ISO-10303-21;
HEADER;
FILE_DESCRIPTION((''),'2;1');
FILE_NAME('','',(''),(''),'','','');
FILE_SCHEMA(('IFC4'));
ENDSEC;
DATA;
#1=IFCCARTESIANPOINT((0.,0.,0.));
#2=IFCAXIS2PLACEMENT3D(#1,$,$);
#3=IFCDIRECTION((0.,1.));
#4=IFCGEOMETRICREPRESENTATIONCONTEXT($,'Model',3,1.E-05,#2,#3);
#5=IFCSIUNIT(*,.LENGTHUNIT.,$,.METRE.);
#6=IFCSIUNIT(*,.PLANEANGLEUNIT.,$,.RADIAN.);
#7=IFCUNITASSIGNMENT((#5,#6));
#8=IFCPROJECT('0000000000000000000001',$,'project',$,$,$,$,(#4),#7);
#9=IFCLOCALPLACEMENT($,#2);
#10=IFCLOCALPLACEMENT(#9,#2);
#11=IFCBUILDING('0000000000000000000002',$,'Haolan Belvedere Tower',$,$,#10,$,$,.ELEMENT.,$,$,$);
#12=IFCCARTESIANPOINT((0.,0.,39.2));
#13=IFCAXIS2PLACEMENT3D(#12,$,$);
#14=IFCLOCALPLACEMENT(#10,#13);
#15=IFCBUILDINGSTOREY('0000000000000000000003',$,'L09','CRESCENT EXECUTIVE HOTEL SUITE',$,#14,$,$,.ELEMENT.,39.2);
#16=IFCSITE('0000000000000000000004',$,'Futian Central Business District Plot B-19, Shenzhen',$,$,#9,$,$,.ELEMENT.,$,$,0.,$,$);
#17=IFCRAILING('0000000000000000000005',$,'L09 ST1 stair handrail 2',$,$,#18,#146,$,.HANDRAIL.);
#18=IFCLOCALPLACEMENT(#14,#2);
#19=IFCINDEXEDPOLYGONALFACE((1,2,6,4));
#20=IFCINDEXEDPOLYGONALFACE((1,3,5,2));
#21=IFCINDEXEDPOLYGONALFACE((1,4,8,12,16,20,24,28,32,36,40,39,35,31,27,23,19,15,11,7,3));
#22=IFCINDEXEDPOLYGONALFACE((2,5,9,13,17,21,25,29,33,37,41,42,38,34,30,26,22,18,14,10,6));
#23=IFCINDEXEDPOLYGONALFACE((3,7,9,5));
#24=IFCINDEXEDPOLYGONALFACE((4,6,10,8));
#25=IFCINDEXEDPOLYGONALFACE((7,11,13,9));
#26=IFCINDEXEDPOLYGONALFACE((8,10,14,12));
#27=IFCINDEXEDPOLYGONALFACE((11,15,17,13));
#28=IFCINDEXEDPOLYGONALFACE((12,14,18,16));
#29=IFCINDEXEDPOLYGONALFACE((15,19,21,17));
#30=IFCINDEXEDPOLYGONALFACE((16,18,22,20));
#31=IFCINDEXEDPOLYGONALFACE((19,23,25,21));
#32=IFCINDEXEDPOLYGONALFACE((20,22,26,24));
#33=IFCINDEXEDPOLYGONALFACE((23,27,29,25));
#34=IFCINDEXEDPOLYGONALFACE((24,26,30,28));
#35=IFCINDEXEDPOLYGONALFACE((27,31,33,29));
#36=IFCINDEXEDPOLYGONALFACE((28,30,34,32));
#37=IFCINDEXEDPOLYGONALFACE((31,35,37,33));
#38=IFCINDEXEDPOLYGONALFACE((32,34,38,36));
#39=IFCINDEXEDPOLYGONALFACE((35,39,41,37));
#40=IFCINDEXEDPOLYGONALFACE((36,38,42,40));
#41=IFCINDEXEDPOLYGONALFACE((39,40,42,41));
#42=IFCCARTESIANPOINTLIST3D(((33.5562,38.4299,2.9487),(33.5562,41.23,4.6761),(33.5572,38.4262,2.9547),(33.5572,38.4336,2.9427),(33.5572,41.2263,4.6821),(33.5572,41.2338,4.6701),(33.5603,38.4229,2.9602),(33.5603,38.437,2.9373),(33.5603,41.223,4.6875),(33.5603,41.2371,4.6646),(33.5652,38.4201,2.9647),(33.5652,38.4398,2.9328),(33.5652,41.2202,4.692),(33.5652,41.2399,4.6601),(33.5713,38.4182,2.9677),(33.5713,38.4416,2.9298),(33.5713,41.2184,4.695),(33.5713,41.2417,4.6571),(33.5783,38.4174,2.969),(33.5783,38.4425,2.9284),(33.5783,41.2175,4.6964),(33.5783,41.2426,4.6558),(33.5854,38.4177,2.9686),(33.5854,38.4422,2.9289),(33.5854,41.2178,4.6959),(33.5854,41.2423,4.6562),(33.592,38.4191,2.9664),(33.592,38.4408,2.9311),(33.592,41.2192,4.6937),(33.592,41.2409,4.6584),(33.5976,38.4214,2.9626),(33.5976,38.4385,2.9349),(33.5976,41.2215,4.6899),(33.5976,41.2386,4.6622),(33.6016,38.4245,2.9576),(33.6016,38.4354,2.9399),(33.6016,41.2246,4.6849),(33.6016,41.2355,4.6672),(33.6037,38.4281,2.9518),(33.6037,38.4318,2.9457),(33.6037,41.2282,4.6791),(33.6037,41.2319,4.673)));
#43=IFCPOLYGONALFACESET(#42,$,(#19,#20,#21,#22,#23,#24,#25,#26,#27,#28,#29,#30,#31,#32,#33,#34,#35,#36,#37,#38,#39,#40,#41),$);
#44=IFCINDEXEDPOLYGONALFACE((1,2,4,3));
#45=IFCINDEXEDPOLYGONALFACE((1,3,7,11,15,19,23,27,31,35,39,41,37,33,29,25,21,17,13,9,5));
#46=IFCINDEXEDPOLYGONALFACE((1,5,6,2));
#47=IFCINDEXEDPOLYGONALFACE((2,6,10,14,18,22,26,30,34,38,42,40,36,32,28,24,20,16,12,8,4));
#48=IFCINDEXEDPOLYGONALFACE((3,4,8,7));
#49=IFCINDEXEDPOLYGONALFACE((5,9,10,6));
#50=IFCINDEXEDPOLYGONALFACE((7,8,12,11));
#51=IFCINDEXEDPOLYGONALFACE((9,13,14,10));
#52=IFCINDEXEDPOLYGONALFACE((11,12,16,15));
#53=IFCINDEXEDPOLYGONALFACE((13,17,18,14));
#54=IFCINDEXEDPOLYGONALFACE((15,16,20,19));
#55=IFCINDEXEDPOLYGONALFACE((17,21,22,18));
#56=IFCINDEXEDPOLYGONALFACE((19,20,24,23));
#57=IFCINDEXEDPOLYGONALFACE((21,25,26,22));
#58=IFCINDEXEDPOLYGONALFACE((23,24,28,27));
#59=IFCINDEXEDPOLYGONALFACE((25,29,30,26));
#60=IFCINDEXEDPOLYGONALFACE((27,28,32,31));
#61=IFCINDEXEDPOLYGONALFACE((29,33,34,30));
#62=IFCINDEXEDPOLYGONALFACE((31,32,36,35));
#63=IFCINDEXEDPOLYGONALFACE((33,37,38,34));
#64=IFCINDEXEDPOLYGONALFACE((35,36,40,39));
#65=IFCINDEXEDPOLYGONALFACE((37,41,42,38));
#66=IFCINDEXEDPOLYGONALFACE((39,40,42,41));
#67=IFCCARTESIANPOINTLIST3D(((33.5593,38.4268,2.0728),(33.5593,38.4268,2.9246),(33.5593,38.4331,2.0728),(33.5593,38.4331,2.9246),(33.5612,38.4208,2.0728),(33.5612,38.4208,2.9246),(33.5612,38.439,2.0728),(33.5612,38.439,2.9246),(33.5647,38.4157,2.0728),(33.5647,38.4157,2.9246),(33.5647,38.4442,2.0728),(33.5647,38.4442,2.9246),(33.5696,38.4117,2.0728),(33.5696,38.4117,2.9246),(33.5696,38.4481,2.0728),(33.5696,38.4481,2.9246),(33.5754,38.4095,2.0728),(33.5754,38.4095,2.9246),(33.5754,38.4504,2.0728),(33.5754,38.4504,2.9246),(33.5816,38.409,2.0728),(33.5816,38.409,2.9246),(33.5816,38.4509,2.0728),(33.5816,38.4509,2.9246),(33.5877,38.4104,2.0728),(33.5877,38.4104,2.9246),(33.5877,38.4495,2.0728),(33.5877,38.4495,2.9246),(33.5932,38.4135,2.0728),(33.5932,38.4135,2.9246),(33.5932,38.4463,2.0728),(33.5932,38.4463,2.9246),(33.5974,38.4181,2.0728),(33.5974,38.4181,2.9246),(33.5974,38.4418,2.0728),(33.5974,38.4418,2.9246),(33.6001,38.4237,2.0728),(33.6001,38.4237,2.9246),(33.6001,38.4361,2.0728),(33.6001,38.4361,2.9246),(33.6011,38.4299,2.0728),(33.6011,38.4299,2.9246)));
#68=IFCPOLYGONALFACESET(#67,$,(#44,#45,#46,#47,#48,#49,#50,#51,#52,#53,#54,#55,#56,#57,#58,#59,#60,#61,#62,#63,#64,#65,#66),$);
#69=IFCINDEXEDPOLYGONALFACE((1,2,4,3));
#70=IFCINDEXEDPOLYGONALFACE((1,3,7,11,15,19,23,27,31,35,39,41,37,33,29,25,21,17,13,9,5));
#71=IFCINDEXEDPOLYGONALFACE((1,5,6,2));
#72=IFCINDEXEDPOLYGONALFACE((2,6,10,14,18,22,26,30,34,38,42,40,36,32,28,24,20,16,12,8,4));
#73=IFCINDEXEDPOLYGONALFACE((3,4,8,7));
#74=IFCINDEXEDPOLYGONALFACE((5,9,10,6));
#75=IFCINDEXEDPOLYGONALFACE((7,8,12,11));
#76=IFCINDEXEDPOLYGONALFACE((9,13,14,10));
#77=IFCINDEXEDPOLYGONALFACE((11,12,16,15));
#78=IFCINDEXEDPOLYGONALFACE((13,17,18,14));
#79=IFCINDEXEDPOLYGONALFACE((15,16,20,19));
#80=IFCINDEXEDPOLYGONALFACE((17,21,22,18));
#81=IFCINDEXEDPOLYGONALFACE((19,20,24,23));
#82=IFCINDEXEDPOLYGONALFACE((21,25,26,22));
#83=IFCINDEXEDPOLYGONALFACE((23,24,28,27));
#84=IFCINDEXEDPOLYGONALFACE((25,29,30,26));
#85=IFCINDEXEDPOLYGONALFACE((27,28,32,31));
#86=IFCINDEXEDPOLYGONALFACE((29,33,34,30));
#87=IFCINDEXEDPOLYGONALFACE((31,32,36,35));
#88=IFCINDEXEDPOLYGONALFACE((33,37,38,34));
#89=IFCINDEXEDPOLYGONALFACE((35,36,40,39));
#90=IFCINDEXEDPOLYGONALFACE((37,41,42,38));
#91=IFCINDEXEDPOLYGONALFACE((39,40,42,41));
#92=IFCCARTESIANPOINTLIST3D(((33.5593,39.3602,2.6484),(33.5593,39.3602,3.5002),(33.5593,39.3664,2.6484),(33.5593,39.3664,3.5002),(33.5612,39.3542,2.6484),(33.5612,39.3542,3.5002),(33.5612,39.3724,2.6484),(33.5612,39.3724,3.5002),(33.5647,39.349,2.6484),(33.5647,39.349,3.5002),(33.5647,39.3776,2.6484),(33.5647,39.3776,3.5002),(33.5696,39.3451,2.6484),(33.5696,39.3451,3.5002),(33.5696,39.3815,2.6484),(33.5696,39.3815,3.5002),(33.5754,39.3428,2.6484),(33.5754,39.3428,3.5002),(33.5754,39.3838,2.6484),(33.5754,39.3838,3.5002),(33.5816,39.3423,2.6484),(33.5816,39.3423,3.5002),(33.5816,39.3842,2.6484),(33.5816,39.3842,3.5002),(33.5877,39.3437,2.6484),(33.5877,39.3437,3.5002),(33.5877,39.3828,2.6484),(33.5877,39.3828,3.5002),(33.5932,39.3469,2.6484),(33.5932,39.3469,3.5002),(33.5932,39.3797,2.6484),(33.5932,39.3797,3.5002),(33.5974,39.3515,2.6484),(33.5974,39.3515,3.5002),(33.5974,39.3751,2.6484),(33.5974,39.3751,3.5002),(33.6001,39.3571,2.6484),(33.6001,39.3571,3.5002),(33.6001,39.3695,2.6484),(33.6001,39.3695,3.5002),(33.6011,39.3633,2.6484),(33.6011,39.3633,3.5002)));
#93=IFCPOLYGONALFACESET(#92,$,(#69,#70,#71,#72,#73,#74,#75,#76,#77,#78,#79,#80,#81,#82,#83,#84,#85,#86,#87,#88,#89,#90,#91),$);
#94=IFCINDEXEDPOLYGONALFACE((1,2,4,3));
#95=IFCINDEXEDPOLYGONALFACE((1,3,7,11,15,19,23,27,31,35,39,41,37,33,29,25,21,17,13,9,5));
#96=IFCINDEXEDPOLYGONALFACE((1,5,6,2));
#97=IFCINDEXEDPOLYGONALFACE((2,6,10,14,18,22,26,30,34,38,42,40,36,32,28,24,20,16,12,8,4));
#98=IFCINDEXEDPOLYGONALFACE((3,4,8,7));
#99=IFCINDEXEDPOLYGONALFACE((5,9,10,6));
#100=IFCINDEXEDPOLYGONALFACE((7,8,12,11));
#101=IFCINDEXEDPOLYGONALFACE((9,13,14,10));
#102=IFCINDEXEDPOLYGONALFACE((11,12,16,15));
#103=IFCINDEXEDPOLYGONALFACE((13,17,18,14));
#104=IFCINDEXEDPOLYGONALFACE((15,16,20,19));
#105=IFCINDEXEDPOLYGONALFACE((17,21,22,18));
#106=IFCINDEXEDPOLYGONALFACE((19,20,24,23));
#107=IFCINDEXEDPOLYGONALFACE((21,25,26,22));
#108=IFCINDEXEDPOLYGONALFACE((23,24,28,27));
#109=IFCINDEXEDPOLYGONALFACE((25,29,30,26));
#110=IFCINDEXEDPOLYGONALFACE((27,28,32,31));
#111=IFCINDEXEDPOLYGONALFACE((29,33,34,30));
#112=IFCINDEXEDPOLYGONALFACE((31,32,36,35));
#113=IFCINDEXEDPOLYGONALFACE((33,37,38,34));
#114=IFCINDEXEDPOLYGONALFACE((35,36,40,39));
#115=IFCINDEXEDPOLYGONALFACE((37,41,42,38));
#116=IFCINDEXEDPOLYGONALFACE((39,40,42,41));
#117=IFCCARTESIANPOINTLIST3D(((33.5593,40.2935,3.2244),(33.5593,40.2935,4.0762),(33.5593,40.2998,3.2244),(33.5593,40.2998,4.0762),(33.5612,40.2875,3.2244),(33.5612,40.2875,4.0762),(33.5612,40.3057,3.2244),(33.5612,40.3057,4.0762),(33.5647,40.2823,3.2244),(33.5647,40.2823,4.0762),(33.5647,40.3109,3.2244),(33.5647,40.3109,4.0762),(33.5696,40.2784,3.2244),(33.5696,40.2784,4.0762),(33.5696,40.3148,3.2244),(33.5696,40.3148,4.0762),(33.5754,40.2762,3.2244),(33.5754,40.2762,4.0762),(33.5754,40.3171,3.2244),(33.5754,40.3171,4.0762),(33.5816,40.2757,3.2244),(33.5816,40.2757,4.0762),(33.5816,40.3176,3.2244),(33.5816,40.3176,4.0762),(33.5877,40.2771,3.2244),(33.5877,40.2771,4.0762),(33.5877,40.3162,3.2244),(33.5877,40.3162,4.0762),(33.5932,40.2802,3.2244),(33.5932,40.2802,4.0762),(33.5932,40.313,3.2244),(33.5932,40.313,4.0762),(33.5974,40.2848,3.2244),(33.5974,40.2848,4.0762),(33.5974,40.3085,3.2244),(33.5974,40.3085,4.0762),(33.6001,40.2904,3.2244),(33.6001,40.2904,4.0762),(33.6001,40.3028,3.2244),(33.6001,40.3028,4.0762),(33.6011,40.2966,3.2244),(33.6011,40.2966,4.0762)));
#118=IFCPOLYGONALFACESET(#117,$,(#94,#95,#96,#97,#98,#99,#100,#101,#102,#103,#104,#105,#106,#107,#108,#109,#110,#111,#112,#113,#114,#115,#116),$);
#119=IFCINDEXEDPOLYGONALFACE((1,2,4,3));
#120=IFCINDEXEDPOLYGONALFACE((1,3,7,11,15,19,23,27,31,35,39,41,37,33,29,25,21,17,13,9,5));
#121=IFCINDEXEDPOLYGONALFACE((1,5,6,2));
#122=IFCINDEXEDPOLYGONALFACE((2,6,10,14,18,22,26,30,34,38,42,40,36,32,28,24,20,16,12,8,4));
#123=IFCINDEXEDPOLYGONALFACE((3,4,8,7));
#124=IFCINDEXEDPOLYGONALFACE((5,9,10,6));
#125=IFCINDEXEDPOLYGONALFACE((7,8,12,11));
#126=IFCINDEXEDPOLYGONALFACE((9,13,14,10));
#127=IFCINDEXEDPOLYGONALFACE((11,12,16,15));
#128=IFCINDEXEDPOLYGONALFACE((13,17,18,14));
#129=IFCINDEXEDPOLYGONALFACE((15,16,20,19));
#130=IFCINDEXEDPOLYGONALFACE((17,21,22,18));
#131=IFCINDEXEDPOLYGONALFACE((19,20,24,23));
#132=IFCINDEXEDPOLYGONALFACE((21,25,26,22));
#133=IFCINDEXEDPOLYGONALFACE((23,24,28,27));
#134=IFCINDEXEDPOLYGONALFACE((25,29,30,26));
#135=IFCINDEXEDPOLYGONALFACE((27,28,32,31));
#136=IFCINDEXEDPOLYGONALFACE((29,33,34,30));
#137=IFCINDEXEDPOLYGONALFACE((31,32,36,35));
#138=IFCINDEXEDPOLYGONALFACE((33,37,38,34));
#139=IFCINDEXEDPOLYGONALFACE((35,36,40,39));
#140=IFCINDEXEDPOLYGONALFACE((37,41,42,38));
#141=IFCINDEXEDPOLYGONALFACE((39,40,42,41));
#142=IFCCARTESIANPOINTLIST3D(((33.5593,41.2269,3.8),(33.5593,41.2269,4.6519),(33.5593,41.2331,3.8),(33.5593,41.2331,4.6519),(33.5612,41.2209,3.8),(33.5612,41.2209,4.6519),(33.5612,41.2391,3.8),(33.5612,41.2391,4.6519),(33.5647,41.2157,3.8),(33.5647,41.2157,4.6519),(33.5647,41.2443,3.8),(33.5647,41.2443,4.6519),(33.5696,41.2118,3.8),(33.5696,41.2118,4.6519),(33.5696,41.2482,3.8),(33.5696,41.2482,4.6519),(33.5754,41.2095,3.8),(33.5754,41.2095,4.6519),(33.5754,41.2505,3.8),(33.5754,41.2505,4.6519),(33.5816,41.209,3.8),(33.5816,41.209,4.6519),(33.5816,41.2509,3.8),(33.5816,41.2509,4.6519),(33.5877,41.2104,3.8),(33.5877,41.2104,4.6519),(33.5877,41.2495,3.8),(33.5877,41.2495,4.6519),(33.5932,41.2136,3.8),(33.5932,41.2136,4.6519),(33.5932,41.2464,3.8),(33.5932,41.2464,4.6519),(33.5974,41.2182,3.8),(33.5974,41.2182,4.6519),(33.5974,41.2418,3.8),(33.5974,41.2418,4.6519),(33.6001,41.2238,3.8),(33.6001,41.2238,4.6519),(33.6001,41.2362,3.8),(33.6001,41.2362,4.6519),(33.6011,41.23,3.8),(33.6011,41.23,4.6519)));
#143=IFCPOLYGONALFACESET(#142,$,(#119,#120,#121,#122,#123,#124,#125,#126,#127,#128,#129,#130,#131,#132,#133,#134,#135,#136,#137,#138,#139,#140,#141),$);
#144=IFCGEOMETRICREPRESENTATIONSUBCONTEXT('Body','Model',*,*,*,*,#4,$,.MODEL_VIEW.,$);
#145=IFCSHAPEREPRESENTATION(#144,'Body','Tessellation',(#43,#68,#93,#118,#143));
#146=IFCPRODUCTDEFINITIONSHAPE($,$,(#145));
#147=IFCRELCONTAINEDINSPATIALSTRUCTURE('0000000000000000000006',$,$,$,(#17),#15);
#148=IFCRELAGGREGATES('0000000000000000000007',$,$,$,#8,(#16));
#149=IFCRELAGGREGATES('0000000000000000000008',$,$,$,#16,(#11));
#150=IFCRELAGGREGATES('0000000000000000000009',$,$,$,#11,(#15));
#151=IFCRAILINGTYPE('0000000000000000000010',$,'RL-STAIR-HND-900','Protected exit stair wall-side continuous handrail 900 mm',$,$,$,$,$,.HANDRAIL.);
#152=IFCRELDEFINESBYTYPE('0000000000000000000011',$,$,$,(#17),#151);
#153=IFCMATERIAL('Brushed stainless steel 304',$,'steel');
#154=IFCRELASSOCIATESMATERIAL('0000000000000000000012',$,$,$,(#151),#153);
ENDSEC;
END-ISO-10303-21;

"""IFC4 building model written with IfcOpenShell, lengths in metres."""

from ifc_helpers import new_model, si_unit, direction, frame, origin, origin_2d, place, context, subcontext, project, spatial, circle, extrude, material, type_object, element, save


model = new_model("IFC4")

# Units and contexts
model_context = context("Model", 3, precision=1e-05, world=origin(), true_north=direction((0.0, 1.0)))
body_context = subcontext(model_context, "Body", "Model", "MODEL_VIEW")
ifc_project = project(units=[si_unit("LENGTHUNIT", "METRE"), si_unit("PLANEANGLEUNIT", "RADIAN")], contexts=[model_context])

# Site, building, storey
site_placement = place(None, origin())
site = spatial("IfcSite", under=ifc_project, at=site_placement, Name="Futian Central Business District Plot B-19, Shenzhen", CompositionType="ELEMENT", RefElevation=0.0)
building_placement = place(site_placement, origin())
building = spatial("IfcBuilding", under=site, at=building_placement, Name="Haolan Belvedere Tower", CompositionType="ELEMENT")
storey_placement = place(building_placement, frame((0.0, 0.0, 39.2)))
storey = spatial("IfcBuildingStorey", under=building, at=storey_placement, Name="L09", Description="CRESCENT EXECUTIVE HOTEL SUITE", CompositionType="ELEMENT", Elevation=39.2)

# Railing
ifc_material_1 = material(Name="Brushed stainless steel 304", Category="steel")
railing_type_1 = type_object("IfcRailingType", Name="RL-STAIR-HND-900", Description="Protected exit stair wall-side continuous handrail 900 mm", PredefinedType="HANDRAIL", material=ifc_material_1)
railing_1_placement = place(storey_placement, frame((33.5801, 38.4299, 2.0728)))
element("IfcRailing", 1, at=railing_1_placement, inside=storey, type_object=railing_type_1, Name="L09 ST1 stair handrail 2", PredefinedType="HANDRAIL", context=body_context, shape_type="SweptSolid", body=[
    extrude(circle(Radius=0.0239, at=origin_2d()), frame((0.0, 0.0, 0.876), z_axis=(0.0, 0.85109, 0.52502), x_axis=(-1.0, 0.0, 0.0)), (0.0, 0.0, 1.0), 3.29),
    extrude(circle(Radius=0.021, at=origin_2d()), origin(), (0.0, 0.0, 1.0), 0.8518),
    extrude(circle(Radius=0.021, at=origin_2d()), frame((0.0, 0.9333, 0.5757)), (0.0, 0.0, 1.0), 0.8518),
    extrude(circle(Radius=0.021, at=origin_2d()), frame((0.0, 1.8667, 1.1516)), (0.0, 0.0, 1.0), 0.8518),
    extrude(circle(Radius=0.021, at=origin_2d()), frame((0.0, 2.8, 1.7273)), (0.0, 0.0, 1.0), 0.8518),
])

save(model, "model.ifc")
